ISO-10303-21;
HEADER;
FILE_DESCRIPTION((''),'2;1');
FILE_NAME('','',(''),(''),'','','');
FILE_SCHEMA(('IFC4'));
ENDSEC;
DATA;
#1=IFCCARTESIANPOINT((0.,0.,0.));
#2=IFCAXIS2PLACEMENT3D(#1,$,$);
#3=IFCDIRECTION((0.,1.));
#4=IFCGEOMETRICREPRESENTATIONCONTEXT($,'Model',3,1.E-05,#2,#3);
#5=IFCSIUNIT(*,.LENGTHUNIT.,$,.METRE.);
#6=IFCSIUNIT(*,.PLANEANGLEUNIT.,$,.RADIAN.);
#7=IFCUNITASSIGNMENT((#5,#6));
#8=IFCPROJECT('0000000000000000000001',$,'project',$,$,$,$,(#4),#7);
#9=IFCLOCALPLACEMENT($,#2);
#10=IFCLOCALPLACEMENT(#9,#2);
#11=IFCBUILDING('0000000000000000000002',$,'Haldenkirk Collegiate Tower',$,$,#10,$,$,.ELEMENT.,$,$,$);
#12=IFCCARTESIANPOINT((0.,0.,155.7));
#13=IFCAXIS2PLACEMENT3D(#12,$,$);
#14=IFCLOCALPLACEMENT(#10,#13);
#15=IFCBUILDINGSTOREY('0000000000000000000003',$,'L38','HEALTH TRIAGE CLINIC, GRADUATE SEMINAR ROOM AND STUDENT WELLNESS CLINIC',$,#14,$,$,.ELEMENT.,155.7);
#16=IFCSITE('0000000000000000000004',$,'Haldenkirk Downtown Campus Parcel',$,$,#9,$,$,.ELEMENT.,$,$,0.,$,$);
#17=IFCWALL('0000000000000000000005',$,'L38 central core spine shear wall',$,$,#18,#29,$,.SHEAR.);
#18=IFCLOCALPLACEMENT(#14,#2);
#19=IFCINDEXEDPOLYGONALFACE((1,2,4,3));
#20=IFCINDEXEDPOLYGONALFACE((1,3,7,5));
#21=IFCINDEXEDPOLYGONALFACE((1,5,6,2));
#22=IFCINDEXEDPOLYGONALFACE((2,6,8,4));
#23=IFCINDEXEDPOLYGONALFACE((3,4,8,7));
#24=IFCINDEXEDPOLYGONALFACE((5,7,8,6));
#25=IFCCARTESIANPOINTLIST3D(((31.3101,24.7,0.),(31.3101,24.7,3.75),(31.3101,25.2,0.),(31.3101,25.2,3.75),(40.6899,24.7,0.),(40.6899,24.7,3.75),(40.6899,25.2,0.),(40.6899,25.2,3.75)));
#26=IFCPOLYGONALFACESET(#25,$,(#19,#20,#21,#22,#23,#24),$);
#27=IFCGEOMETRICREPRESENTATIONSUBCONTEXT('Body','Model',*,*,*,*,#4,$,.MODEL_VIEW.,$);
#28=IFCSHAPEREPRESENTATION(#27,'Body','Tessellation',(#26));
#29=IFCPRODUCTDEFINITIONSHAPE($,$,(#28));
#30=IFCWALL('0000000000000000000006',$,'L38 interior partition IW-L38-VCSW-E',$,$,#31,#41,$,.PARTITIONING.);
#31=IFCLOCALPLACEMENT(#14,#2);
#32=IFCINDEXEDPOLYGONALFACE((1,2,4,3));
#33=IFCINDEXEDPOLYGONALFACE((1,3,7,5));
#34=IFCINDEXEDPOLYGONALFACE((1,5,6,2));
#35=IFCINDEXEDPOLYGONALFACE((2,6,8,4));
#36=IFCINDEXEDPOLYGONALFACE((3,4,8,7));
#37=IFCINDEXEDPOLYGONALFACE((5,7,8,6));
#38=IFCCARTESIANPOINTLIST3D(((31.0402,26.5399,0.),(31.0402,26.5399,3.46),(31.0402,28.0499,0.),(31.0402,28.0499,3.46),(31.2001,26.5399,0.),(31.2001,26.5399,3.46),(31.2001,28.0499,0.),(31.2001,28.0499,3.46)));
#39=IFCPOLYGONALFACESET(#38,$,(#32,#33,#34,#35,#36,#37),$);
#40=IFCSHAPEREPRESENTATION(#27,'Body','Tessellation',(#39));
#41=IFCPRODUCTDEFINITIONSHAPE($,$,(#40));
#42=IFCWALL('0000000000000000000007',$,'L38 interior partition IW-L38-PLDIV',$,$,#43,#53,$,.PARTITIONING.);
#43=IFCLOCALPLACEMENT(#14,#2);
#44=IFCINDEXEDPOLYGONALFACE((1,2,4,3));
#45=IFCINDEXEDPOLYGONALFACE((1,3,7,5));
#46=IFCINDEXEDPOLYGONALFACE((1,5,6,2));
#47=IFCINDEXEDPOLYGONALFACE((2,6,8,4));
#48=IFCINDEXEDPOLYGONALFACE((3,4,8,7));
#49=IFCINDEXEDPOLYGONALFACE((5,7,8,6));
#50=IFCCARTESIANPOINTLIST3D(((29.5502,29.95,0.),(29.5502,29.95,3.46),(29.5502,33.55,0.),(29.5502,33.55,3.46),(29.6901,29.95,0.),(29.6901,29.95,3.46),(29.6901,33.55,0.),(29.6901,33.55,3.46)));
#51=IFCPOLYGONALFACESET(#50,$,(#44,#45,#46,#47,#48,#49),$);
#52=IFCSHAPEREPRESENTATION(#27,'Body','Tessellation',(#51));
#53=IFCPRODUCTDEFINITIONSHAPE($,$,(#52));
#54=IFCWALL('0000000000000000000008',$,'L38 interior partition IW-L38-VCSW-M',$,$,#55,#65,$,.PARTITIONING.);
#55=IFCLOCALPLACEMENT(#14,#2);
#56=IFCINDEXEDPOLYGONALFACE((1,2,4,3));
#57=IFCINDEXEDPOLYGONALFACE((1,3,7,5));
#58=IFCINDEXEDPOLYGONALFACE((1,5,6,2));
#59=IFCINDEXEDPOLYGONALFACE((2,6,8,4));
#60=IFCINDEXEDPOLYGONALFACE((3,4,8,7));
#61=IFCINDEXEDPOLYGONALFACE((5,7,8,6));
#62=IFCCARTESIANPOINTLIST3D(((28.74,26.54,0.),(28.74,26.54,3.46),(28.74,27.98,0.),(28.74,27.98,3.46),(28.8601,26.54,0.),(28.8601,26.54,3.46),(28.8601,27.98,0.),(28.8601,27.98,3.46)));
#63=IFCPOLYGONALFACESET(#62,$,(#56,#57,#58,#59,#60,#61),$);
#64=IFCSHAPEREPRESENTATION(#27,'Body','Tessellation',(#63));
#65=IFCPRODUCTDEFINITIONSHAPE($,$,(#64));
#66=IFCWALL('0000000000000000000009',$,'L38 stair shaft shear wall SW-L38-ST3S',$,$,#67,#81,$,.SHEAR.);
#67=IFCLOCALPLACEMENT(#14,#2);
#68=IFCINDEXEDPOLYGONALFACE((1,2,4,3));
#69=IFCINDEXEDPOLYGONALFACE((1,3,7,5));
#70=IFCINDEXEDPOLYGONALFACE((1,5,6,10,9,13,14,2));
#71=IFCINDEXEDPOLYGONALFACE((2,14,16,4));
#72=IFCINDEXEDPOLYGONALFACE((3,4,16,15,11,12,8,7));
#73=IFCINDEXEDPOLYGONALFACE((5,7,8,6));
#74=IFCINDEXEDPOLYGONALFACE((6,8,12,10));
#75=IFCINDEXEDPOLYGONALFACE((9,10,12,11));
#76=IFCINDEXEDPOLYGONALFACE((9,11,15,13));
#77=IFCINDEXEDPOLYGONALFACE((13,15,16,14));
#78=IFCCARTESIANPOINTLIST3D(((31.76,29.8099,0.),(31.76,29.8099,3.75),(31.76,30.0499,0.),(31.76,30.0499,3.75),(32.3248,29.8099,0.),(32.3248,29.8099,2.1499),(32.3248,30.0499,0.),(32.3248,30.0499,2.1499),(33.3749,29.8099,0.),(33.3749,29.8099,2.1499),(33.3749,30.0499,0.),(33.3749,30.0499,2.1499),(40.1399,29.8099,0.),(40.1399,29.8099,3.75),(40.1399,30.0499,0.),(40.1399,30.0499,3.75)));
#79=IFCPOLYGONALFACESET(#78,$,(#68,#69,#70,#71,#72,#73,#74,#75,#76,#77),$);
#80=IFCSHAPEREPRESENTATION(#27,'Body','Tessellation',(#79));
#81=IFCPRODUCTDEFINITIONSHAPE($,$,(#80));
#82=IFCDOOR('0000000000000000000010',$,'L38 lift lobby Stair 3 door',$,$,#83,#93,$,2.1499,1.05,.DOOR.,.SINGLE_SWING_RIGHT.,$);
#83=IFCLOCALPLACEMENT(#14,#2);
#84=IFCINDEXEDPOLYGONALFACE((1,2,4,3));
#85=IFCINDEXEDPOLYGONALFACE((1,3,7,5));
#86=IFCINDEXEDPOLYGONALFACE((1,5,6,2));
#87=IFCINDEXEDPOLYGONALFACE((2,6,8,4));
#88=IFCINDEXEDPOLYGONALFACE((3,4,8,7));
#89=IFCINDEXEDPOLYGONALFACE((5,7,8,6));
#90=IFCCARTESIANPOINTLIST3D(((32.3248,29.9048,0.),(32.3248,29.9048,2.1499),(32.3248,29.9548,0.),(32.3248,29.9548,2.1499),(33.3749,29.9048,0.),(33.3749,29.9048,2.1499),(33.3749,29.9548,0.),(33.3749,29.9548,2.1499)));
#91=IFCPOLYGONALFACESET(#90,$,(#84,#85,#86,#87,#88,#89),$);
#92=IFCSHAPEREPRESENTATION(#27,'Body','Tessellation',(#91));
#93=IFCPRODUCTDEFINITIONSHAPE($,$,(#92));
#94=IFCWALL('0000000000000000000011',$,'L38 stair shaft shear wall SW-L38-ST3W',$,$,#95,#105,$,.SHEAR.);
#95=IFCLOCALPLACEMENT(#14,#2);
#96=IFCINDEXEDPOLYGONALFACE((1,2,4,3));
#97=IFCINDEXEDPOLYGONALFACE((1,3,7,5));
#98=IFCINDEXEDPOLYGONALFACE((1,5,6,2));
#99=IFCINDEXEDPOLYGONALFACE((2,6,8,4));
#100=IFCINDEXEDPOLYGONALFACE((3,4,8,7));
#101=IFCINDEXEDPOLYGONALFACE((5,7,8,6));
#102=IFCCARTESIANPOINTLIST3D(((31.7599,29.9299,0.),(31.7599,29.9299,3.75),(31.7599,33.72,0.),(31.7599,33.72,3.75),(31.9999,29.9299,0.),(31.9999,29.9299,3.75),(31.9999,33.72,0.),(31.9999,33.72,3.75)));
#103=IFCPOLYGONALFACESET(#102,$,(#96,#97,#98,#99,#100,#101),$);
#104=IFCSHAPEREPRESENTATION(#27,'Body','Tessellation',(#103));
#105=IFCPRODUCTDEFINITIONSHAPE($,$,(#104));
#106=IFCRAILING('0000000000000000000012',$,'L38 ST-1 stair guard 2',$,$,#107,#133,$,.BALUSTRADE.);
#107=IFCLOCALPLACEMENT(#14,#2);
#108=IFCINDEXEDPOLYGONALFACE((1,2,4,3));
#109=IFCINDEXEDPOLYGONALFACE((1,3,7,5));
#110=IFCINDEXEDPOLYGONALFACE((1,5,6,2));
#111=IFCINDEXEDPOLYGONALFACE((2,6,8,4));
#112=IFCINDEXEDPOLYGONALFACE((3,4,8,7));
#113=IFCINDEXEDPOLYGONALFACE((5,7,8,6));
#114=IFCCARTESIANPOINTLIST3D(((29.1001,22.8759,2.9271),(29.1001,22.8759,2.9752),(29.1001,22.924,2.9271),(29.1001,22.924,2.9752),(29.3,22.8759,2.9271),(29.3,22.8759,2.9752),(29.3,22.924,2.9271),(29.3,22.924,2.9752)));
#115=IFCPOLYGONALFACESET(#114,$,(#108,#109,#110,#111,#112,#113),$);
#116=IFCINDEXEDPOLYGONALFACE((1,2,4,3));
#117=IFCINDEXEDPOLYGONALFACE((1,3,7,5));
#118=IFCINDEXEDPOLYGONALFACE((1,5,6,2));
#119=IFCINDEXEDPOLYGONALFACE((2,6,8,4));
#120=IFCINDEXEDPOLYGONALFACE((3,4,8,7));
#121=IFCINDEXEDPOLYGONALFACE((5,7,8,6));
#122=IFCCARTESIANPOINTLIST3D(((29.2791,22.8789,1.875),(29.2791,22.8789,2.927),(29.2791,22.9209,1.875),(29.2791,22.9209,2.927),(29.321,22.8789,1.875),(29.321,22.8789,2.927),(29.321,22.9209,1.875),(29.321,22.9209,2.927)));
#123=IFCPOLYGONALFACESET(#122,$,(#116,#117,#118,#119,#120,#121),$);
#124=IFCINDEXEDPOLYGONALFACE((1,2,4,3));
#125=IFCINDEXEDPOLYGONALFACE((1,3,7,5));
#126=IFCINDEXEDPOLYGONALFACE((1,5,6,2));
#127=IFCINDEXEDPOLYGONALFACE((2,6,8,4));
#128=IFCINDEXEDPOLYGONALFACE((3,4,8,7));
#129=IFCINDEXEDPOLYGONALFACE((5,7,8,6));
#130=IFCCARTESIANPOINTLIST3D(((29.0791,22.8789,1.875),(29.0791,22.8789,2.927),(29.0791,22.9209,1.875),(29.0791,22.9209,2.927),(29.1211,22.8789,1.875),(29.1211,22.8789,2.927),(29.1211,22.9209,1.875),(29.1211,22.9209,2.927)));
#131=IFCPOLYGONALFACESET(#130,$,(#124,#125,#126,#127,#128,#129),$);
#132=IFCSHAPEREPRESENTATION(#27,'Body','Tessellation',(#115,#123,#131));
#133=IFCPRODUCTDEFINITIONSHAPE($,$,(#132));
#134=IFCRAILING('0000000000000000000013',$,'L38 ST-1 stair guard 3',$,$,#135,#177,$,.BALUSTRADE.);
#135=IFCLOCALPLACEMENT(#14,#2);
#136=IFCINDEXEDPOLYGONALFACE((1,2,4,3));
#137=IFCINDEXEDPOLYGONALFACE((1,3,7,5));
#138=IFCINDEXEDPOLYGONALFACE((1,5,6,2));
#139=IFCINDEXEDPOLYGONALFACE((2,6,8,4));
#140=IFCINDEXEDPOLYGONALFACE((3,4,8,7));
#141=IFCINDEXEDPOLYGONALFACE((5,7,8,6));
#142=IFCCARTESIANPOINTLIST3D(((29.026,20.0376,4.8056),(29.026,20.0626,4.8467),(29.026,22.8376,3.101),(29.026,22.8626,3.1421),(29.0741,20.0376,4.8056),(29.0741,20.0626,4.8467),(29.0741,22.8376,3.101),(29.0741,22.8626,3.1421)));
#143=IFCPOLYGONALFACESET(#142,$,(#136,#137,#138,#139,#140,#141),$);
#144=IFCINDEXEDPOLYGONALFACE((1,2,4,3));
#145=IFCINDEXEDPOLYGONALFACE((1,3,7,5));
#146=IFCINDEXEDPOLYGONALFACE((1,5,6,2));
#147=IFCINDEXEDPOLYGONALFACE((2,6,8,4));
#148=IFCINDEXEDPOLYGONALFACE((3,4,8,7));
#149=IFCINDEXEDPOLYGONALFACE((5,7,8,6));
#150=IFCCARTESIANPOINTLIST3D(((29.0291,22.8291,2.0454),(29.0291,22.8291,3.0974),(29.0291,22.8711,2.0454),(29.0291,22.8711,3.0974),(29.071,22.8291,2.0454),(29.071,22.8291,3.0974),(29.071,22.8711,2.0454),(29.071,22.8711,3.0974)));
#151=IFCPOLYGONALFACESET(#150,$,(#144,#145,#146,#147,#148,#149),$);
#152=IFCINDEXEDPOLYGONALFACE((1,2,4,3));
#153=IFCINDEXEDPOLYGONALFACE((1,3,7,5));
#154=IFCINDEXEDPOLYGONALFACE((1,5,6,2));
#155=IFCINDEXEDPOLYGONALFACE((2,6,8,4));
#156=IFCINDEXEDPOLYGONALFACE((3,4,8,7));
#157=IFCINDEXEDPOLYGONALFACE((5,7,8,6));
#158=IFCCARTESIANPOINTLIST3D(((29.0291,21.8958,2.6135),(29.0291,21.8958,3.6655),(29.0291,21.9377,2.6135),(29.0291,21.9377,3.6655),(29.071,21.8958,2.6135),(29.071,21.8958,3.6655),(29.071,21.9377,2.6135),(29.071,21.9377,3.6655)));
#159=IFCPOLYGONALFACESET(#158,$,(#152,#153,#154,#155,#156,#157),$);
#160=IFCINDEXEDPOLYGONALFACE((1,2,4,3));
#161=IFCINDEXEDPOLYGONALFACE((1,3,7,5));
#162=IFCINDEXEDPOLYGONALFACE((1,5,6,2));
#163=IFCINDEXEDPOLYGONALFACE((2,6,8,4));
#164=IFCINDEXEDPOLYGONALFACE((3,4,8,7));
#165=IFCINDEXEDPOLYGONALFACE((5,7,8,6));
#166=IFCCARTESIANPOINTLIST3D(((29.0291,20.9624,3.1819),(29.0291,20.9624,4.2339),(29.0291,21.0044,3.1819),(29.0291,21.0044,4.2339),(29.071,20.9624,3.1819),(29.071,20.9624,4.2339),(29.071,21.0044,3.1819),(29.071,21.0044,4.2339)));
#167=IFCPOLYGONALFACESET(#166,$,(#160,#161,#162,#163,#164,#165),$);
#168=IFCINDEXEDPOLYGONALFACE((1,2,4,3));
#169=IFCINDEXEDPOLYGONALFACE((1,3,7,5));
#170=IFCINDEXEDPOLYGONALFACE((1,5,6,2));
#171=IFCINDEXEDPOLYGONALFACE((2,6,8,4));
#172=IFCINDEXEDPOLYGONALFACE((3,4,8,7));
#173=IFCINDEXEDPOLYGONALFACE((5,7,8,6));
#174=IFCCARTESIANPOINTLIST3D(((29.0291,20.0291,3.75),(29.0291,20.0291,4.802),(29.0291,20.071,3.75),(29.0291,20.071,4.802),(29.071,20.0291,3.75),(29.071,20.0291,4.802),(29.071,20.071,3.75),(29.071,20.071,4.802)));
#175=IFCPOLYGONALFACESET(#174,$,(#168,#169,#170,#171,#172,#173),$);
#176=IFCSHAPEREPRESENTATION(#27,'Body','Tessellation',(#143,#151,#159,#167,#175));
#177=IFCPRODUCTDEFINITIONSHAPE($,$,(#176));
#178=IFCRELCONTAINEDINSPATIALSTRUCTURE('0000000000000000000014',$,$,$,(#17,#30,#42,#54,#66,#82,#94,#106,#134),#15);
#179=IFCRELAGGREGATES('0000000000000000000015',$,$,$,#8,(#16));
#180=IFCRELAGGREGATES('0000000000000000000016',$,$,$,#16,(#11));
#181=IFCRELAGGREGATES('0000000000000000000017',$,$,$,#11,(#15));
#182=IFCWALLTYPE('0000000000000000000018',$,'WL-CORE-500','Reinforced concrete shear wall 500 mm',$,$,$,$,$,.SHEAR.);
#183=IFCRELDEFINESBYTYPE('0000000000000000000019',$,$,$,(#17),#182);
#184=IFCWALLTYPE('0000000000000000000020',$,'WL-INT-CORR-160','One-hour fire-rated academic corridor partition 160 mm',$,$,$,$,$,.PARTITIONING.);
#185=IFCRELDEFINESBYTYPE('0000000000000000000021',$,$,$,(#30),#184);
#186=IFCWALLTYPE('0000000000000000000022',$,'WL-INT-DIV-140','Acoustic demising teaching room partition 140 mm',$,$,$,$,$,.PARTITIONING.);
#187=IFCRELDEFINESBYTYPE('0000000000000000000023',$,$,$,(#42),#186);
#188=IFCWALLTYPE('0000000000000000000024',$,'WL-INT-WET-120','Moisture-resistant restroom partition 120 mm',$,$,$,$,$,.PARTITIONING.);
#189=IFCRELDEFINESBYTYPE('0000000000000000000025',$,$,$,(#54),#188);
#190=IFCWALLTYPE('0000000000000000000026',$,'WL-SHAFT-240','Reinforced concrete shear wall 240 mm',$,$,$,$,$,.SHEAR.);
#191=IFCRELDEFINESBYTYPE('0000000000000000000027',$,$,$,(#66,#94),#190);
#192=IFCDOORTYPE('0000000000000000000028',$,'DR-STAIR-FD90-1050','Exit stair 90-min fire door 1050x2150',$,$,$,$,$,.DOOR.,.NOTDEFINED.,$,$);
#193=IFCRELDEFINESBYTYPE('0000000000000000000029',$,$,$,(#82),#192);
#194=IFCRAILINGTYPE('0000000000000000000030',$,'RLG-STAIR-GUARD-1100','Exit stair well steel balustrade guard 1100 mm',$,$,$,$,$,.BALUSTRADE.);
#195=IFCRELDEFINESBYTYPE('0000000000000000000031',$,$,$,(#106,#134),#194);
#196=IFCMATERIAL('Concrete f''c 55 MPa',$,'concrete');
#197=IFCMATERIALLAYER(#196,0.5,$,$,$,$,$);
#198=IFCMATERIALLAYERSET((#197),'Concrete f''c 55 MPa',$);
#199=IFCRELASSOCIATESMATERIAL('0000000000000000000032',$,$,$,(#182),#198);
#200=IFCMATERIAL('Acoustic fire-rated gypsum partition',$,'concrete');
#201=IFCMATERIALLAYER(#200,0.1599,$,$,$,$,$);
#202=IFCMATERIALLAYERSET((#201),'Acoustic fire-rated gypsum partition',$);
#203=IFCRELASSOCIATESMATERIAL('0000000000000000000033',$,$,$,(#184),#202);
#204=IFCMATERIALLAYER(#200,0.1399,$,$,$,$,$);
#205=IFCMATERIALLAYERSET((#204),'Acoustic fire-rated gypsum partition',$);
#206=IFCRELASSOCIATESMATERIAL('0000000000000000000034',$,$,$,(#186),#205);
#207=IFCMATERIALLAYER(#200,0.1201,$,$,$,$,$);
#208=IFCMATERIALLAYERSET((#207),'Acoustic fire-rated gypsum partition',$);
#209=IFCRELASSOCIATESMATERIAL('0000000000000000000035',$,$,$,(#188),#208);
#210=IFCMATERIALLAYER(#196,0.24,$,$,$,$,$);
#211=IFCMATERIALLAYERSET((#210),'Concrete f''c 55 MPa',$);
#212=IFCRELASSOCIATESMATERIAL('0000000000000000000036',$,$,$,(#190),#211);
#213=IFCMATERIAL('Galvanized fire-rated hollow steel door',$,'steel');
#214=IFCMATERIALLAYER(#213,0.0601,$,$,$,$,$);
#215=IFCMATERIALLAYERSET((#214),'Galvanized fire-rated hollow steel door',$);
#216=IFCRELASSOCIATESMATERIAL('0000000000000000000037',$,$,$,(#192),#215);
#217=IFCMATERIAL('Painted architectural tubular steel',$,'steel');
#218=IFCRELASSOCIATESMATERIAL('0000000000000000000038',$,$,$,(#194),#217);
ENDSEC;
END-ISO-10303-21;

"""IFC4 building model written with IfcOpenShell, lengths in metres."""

from ifc_helpers import new_model, si_unit, direction, frame, frame_2d, origin, origin_2d, place, context, subcontext, project, spatial, rectangle, extrude, material, layer, layer_set, type_object, element, fill, save


model = new_model("IFC4")

# Units and contexts
model_context = context("Model", 3, precision=1e-05, world=origin(), true_north=direction((0.0, 1.0)))
body_context = subcontext(model_context, "Body", "Model", "MODEL_VIEW")
ifc_project = project(units=[si_unit("LENGTHUNIT", "METRE"), si_unit("PLANEANGLEUNIT", "RADIAN")], contexts=[model_context])

# Site, building, storey
site_placement = place(None, origin())
site = spatial("IfcSite", under=ifc_project, at=site_placement, Name="Haldenkirk Downtown Campus Parcel", CompositionType="ELEMENT", RefElevation=0.0)
building_placement = place(site_placement, origin())
building = spatial("IfcBuilding", under=site, at=building_placement, Name="Haldenkirk Collegiate Tower", CompositionType="ELEMENT")
storey_placement = place(building_placement, frame((0.0, 0.0, 155.7)))
storey = spatial("IfcBuildingStorey", under=building, at=storey_placement, Name="L38", Description="HEALTH TRIAGE CLINIC, GRADUATE SEMINAR ROOM AND STUDENT WELLNESS CLINIC", CompositionType="ELEMENT", Elevation=155.7)

# Walls
ifc_material_1 = material(Name="Concrete f'c 55 MPa", Category="concrete")
ifc_layer_1 = layer(ifc_material_1, 0.5)
ifc_layer_set_1 = layer_set([ifc_layer_1], Name="Concrete f'c 55 MPa")
wall_type_1 = type_object("IfcWallType", Name="WL-CORE-500", Description="Reinforced concrete shear wall 500 mm", PredefinedType="SHEAR", material=ifc_layer_set_1)
wall_1_placement = place(storey_placement, frame((31.3101, 24.95, 0.0), z_axis=(0.0, 0.0, 1.0), x_axis=(1.0, 0.0, 0.0)))
element("IfcWall", 1, at=wall_1_placement, inside=storey, type_object=wall_type_1, Name="L38 central core spine shear wall", PredefinedType="SHEAR", context=body_context, shape_type="SweptSolid", body=[
    extrude(rectangle(XDim=9.3799, YDim=0.5, at=frame_2d((4.6899, 0.0))), origin(), (0.0, 0.0, 1.0), 3.75),
])
ifc_material_2 = material(Name="Acoustic fire-rated gypsum partition", Category="concrete")
ifc_layer_2 = layer(ifc_material_2, 0.1599)
ifc_layer_set_2 = layer_set([ifc_layer_2], Name="Acoustic fire-rated gypsum partition")
wall_type_2 = type_object("IfcWallType", Name="WL-INT-CORR-160", Description="One-hour fire-rated academic corridor partition 160 mm", PredefinedType="PARTITIONING", material=ifc_layer_set_2)
wall_2_placement = place(storey_placement, frame((31.1201, 26.54, 0.0), z_axis=(0.0, 0.0, 1.0), x_axis=(0.0, 1.0, 0.0)))
element("IfcWall", 2, at=wall_2_placement, inside=storey, type_object=wall_type_2, Name="L38 interior partition IW-L38-VCSW-E", PredefinedType="PARTITIONING", context=body_context, shape_type="SweptSolid", body=[
    extrude(rectangle(XDim=1.51, YDim=0.1599, at=frame_2d((0.7549, 0.0))), origin(), (0.0, 0.0, 1.0), 3.46),
])
ifc_layer_3 = layer(ifc_material_2, 0.1399)
ifc_layer_set_3 = layer_set([ifc_layer_3], Name="Acoustic fire-rated gypsum partition")
wall_type_3 = type_object("IfcWallType", Name="WL-INT-DIV-140", Description="Acoustic demising teaching room partition 140 mm", PredefinedType="PARTITIONING", material=ifc_layer_set_3)
wall_3_placement = place(storey_placement, frame((29.6201, 29.95, 0.0), z_axis=(0.0, 0.0, 1.0), x_axis=(0.0, 1.0, 0.0)))
element("IfcWall", 3, at=wall_3_placement, inside=storey, type_object=wall_type_3, Name="L38 interior partition IW-L38-PLDIV", PredefinedType="PARTITIONING", context=body_context, shape_type="SweptSolid", body=[
    extrude(rectangle(XDim=3.6001, YDim=0.1399, at=frame_2d((1.8, 0.0))), origin(), (0.0, 0.0, 1.0), 3.46),
])

# Shared definitions
ifc_material_3 = material(Name="Galvanized fire-rated hollow steel door", Category="steel")

# Wall
ifc_layer_4 = layer(ifc_material_2, 0.1201)
ifc_layer_set_4 = layer_set([ifc_layer_4], Name="Acoustic fire-rated gypsum partition")
wall_type_4 = type_object("IfcWallType", Name="WL-INT-WET-120", Description="Moisture-resistant restroom partition 120 mm", PredefinedType="PARTITIONING", material=ifc_layer_set_4)
wall_4_placement = place(storey_placement, frame((28.8, 26.54, 0.0), z_axis=(0.0, 0.0, 1.0), x_axis=(0.0, 1.0, 0.0)))
element("IfcWall", 4, at=wall_4_placement, inside=storey, type_object=wall_type_4, Name="L38 interior partition IW-L38-VCSW-M", PredefinedType="PARTITIONING", context=body_context, shape_type="SweptSolid", body=[
    extrude(rectangle(XDim=1.4399, YDim=0.1201, at=frame_2d((0.72, 0.0))), origin(), (0.0, 0.0, 1.0), 3.46),
])

# Wall, opening, door
ifc_layer_5 = layer(ifc_material_1, 0.24)
ifc_layer_set_5 = layer_set([ifc_layer_5], Name="Concrete f'c 55 MPa")
wall_type_5 = type_object("IfcWallType", Name="WL-SHAFT-240", Description="Reinforced concrete shear wall 240 mm", PredefinedType="SHEAR", material=ifc_layer_set_5)
wall_5_placement = place(storey_placement, frame((31.76, 29.9299, 0.0), z_axis=(0.0, 0.0, 1.0), x_axis=(1.0, 0.0, 0.0)))
wall_5 = element("IfcWall", 5, at=wall_5_placement, inside=storey, type_object=wall_type_5, Name="L38 stair shaft shear wall SW-L38-ST3S", PredefinedType="SHEAR", context=body_context, shape_type="SweptSolid", body=[
    extrude(rectangle(XDim=8.3799, YDim=0.24, at=frame_2d((4.1899, 0.0))), origin(), (0.0, 0.0, 1.0), 3.75),
])
opening_1_placement = place(wall_5_placement, frame((0.5649, 0.0, 0.0)))
opening_1 = element("IfcOpeningElement", 6, at=opening_1_placement, cuts=wall_5, PredefinedType="OPENING", context=body_context, shape_type="SweptSolid", body=[
    extrude(rectangle(XDim=1.05, YDim=2.1499, at=frame_2d((0.5249, 1.075))), frame((0.0, 0.1299, 0.0), z_axis=(0.0, -1.0, 0.0), x_axis=(1.0, 0.0, 0.0)), (0.0, 0.0, 1.0), 0.26),
])
ifc_layer_6 = layer(ifc_material_3, 0.0601)
ifc_layer_set_6 = layer_set([ifc_layer_6], Name="Galvanized fire-rated hollow steel door")
door_type_1 = type_object("IfcDoorType", Name="DR-STAIR-FD90-1050", Description="Exit stair 90-min fire door 1050x2150", OperationType="NOTDEFINED", PredefinedType="DOOR", material=ifc_layer_set_6)
door_1_placement = place(opening_1_placement, origin())
door_1 = element("IfcDoor", 7, at=door_1_placement, inside=storey, type_object=door_type_1, Name="L38 lift lobby Stair 3 door", OperationType="SINGLE_SWING_RIGHT", OverallHeight=2.1499, OverallWidth=1.05, PredefinedType="DOOR", context=body_context, shape_type="SweptSolid", body=[
    extrude(rectangle(XDim=1.05, YDim=2.1499, at=frame_2d((0.5249, 1.075))), frame((0.0, 0.0249, 0.0), z_axis=(0.0, -1.0, 0.0), x_axis=(1.0, 0.0, 0.0)), (0.0, 0.0, 1.0), 0.05),
])
fill(opening_1, door_1)

# Wall
wall_6_placement = place(storey_placement, frame((31.8799, 29.9299, 0.0), z_axis=(0.0, 0.0, 1.0), x_axis=(0.0, 1.0, 0.0)))
element("IfcWall", 8, at=wall_6_placement, inside=storey, type_object=wall_type_5, Name="L38 stair shaft shear wall SW-L38-ST3W", PredefinedType="SHEAR", context=body_context, shape_type="SweptSolid", body=[
    extrude(rectangle(XDim=3.79, YDim=0.24, at=frame_2d((1.895, 0.0))), origin(), (0.0, 0.0, 1.0), 3.75),
])

# Railings
ifc_material_4 = material(Name="Painted architectural tubular steel", Category="steel")
railing_type = type_object("IfcRailingType", Name="RLG-STAIR-GUARD-1100", Description="Exit stair well steel balustrade guard 1100 mm", PredefinedType="BALUSTRADE", material=ifc_material_4)
railing_1_placement = place(storey_placement, frame((29.3, 22.8999, 1.875)))
element("IfcRailing", 9, at=railing_1_placement, inside=storey, type_object=railing_type, Name="L38 ST-1 stair guard 2", PredefinedType="BALUSTRADE", context=body_context, shape_type="SweptSolid", body=[
    extrude(rectangle(XDim=0.0481, YDim=0.0481, at=origin_2d()), frame((0.0, 0.0, 1.0762), z_axis=(-1.0, 0.0, 0.0), x_axis=(0.0, -1.0, 0.0)), (0.0, 0.0, 1.0), 0.2),
    extrude(rectangle(XDim=0.042, YDim=0.042, at=origin_2d()), origin(), (0.0, 0.0, 1.0), 1.052),
    extrude(rectangle(XDim=0.042, YDim=0.042, at=origin_2d()), frame((-0.2, 0.0, 0.0)), (0.0, 0.0, 1.0), 1.052),
])
railing_2_placement = place(storey_placement, frame((29.05, 22.8501, 2.0454)))
element("IfcRailing", 10, at=railing_2_placement, inside=storey, type_object=railing_type, Name="L38 ST-1 stair guard 3", PredefinedType="BALUSTRADE", context=body_context, shape_type="SweptSolid", body=[
    extrude(rectangle(XDim=0.0481, YDim=0.0481, at=origin_2d()), frame((0.0, 0.0, 1.0762), z_axis=(0.0, -0.85417, 0.519994), x_axis=(1.0, 0.0, 0.0)), (0.0, 0.0, 1.0), 3.2781),
    extrude(rectangle(XDim=0.042, YDim=0.042, at=origin_2d()), origin(), (0.0, 0.0, 1.0), 1.052),
    extrude(rectangle(XDim=0.042, YDim=0.042, at=origin_2d()), frame((0.0, -0.9333, 0.5681)), (0.0, 0.0, 1.0), 1.052),
    extrude(rectangle(XDim=0.042, YDim=0.042, at=origin_2d()), frame((0.0, -1.8667, 1.1365)), (0.0, 0.0, 1.0), 1.052),
    extrude(rectangle(XDim=0.042, YDim=0.042, at=origin_2d()), frame((0.0, -2.8, 1.7046)), (0.0, 0.0, 1.0), 1.052),
])

save(model, "model.ifc")
